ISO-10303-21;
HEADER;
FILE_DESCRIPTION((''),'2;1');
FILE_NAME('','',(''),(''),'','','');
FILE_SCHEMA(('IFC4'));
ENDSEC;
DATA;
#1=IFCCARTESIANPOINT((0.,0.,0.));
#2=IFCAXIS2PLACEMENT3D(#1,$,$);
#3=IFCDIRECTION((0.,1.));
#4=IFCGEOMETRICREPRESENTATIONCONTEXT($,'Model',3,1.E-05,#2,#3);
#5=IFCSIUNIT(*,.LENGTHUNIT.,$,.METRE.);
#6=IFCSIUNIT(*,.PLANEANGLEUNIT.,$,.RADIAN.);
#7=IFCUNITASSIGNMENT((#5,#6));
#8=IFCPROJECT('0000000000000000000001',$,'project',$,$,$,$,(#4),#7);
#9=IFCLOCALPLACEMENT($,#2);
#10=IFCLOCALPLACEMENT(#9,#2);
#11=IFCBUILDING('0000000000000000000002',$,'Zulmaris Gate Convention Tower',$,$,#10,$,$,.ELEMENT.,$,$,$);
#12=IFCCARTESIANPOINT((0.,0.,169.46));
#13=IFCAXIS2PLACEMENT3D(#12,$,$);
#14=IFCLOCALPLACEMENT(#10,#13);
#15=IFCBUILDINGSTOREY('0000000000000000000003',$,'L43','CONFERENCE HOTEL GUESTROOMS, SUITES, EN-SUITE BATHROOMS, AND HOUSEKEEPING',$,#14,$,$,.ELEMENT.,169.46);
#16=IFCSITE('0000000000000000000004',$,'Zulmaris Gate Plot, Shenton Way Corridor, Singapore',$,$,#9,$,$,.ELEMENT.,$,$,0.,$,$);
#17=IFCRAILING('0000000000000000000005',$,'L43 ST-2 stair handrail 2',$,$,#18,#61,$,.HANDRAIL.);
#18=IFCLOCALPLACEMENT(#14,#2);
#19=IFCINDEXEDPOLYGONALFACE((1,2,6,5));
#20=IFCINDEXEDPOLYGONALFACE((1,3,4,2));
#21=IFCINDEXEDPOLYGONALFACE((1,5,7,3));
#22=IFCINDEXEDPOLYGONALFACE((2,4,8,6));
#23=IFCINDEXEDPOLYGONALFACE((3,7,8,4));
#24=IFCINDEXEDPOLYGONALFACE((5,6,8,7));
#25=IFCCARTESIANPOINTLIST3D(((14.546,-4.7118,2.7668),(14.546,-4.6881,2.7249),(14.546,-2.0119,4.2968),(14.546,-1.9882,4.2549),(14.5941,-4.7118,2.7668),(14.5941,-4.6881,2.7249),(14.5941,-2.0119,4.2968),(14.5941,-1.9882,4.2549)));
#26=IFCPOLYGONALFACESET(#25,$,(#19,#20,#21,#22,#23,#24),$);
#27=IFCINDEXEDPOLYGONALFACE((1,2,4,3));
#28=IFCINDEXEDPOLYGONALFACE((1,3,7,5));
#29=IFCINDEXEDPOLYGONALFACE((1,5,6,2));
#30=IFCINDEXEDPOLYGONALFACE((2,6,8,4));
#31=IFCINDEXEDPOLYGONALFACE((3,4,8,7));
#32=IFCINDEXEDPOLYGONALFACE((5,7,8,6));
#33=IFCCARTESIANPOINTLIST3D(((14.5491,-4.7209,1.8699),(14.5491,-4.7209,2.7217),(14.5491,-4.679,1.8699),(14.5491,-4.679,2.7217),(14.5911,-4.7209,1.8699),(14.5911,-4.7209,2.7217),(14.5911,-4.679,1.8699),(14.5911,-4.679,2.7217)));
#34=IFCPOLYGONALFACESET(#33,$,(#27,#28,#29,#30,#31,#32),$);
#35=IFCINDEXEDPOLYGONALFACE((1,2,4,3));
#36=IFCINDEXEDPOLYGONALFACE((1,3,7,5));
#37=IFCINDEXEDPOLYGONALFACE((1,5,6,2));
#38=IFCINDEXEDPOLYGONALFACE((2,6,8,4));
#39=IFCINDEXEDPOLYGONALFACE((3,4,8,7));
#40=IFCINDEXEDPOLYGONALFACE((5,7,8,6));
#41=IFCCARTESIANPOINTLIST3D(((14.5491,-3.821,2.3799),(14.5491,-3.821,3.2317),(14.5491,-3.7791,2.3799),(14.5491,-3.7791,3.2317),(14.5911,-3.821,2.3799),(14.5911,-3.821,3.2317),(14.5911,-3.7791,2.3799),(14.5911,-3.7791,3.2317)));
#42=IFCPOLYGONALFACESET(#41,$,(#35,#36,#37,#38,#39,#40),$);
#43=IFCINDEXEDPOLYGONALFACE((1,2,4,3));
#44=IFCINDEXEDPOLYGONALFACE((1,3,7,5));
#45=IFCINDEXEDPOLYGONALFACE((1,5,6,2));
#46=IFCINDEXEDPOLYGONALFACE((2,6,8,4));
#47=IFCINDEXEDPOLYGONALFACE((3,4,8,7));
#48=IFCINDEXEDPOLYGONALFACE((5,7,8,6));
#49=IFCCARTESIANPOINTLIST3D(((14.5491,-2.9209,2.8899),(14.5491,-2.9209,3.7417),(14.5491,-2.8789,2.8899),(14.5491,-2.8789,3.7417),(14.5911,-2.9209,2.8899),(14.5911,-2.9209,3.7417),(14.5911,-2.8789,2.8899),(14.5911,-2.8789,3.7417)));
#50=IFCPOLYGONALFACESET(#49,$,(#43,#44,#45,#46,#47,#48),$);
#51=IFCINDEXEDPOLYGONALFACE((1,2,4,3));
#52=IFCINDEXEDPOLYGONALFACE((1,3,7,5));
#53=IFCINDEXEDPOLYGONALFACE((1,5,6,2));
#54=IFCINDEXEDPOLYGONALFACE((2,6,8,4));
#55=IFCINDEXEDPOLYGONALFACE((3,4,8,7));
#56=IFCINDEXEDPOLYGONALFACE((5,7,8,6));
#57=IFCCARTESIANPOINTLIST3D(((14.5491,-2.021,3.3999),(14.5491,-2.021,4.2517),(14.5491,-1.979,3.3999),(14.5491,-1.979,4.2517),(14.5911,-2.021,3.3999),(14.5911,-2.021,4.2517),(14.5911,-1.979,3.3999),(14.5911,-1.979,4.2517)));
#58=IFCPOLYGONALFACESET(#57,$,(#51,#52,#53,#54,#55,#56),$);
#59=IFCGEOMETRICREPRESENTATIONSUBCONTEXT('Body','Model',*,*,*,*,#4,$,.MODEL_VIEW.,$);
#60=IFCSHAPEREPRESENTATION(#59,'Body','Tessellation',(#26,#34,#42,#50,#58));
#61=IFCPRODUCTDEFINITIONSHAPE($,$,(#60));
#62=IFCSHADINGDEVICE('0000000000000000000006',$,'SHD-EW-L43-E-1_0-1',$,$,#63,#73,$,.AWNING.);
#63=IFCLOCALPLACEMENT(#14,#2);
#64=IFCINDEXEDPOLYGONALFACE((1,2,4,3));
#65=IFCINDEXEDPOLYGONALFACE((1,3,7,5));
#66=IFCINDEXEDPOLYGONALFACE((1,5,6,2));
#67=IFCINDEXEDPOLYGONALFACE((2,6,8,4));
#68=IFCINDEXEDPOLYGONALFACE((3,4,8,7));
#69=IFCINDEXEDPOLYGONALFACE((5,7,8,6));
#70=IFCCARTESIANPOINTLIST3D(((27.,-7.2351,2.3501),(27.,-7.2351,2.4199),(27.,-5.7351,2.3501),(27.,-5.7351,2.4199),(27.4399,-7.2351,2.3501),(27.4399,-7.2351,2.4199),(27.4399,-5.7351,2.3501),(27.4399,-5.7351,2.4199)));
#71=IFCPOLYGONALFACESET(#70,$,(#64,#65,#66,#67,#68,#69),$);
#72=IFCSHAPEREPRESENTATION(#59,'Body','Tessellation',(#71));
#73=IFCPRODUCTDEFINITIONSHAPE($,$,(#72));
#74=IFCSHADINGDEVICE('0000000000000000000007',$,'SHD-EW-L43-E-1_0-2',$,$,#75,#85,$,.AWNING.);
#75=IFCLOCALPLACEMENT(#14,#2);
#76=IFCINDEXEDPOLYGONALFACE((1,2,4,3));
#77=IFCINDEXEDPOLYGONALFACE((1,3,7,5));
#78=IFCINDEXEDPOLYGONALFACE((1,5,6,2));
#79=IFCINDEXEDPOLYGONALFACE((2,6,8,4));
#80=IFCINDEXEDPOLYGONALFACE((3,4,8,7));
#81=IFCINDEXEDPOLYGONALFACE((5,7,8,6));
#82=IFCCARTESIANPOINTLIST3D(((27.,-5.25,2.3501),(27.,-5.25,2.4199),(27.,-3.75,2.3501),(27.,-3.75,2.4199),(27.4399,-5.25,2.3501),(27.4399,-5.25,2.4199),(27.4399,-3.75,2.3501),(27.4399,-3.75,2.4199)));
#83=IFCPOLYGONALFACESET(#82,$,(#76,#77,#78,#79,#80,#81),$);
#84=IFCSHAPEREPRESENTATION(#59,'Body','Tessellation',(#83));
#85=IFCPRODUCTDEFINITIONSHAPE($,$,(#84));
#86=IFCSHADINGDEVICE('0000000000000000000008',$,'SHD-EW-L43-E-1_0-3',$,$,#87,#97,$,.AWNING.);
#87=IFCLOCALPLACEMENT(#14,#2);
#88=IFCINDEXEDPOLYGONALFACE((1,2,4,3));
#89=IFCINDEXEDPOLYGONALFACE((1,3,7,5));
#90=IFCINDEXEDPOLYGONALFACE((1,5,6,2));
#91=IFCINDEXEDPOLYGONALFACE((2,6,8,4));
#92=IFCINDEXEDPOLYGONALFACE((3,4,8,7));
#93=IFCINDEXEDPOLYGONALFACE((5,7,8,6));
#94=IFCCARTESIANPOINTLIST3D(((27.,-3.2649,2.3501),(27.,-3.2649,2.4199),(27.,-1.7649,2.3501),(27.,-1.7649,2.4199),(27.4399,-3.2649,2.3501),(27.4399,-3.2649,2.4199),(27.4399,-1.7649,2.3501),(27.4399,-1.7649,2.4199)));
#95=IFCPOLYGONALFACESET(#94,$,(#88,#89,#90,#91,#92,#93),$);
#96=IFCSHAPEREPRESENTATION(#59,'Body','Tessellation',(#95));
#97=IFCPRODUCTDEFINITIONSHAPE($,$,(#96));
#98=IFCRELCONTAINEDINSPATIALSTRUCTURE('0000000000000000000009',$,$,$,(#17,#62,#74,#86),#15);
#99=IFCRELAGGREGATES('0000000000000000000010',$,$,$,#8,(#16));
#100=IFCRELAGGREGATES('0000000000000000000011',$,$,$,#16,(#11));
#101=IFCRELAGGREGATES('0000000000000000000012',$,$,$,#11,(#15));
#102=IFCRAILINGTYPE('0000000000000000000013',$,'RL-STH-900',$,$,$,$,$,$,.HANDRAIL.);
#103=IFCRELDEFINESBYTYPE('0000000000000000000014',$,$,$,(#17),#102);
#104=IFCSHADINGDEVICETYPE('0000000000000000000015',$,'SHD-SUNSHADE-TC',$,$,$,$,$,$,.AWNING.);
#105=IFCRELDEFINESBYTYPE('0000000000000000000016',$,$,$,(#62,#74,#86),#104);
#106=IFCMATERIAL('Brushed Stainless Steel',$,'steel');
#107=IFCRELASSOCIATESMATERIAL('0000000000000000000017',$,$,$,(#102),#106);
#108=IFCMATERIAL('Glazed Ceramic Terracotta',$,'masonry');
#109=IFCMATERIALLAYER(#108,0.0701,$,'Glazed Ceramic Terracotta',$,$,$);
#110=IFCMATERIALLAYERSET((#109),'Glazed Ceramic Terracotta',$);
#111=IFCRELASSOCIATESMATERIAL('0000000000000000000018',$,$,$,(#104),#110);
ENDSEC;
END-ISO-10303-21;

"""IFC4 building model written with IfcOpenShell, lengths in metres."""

from ifc_helpers import new_model, si_unit, direction, frame, frame_2d, origin, origin_2d, place, context, subcontext, project, spatial, rectangle, extrude, material, layer, layer_set, type_object, element, save


model = new_model("IFC4")

# Units and contexts
model_context = context("Model", 3, precision=1e-05, world=origin(), true_north=direction((0.0, 1.0)))
body_context = subcontext(model_context, "Body", "Model", "MODEL_VIEW")
ifc_project = project(units=[si_unit("LENGTHUNIT", "METRE"), si_unit("PLANEANGLEUNIT", "RADIAN")], contexts=[model_context])

# Site, building, storey
site_placement = place(None, origin())
site = spatial("IfcSite", under=ifc_project, at=site_placement, Name="Zulmaris Gate Plot, Shenton Way Corridor, Singapore", CompositionType="ELEMENT", RefElevation=0.0)
building_placement = place(site_placement, origin())
building = spatial("IfcBuilding", under=site, at=building_placement, Name="Zulmaris Gate Convention Tower", CompositionType="ELEMENT")
storey_placement = place(building_placement, frame((0.0, 0.0, 169.46)))
storey = spatial("IfcBuildingStorey", under=building, at=storey_placement, Name="L43", Description="CONFERENCE HOTEL GUESTROOMS, SUITES, EN-SUITE BATHROOMS, AND HOUSEKEEPING", CompositionType="ELEMENT", Elevation=169.46)

# Railing
ifc_material_1 = material(Name="Brushed Stainless Steel", Category="steel")
railing_type_1 = type_object("IfcRailingType", Name="RL-STH-900", PredefinedType="HANDRAIL", material=ifc_material_1)
railing_1_placement = place(storey_placement, frame((14.5701, -4.7, 1.8699)))
element("IfcRailing", 1, at=railing_1_placement, inside=storey, type_object=railing_type_1, Name="L43 ST-2 stair handrail 2", PredefinedType="HANDRAIL", context=body_context, shape_type="SweptSolid", body=[
    extrude(rectangle(XDim=0.0481, YDim=0.0481, at=origin_2d()), frame((0.0, 0.0, 0.876), z_axis=(0.0, 0.870014, 0.493026), x_axis=(-1.0, 0.0, 0.0)), (0.0, 0.0, 1.0), 3.1033),
    extrude(rectangle(XDim=0.042, YDim=0.042, at=origin_2d()), origin(), (0.0, 0.0, 1.0), 0.8518),
    extrude(rectangle(XDim=0.042, YDim=0.042, at=origin_2d()), frame((0.0, 0.8999, 0.51)), (0.0, 0.0, 1.0), 0.8518),
    extrude(rectangle(XDim=0.042, YDim=0.042, at=origin_2d()), frame((0.0, 1.8, 1.02)), (0.0, 0.0, 1.0), 0.8518),
    extrude(rectangle(XDim=0.042, YDim=0.042, at=origin_2d()), frame((0.0, 2.7, 1.53)), (0.0, 0.0, 1.0), 0.8518),
])

# Shading devices
ifc_material_2 = material(Name="Glazed Ceramic Terracotta", Category="masonry")
ifc_layer_1 = layer(ifc_material_2, 0.0701, Name="Glazed Ceramic Terracotta")
ifc_layer_set_1 = layer_set([ifc_layer_1], Name="Glazed Ceramic Terracotta")
shading_device_type = type_object("IfcShadingDeviceType", Name="SHD-SUNSHADE-TC", PredefinedType="AWNING", material=ifc_layer_set_1)
for number, where, z_axis, x_axis, name in (
    (2, (27.22, -7.2351, 2.3501), (0.0, 0.0, 1.0), (0.0, 1.0, 0.0), "SHD-EW-L43-E-1_0-1"),
    (3, (27.22, -5.25, 2.3501), (0.0, 0.0, 1.0), (0.0, 1.0, 0.0), "SHD-EW-L43-E-1_0-2"),
    (4, (27.22, -3.2649, 2.3501), (0.0, 0.0, 1.0), (0.0, 1.0, 0.0), "SHD-EW-L43-E-1_0-3"),
):
    element("IfcShadingDevice", number, at=place(storey_placement, frame(where, z_axis=z_axis, x_axis=x_axis)), inside=storey, type_object=shading_device_type, Name=name, PredefinedType="AWNING", context=body_context, shape_type="SweptSolid", body=[
        extrude(rectangle(XDim=1.5, YDim=0.4399, at=frame_2d((0.75, 0.0))), origin(), (0.0, 0.0, 1.0), 0.0698),
    ])

save(model, "model.ifc")
